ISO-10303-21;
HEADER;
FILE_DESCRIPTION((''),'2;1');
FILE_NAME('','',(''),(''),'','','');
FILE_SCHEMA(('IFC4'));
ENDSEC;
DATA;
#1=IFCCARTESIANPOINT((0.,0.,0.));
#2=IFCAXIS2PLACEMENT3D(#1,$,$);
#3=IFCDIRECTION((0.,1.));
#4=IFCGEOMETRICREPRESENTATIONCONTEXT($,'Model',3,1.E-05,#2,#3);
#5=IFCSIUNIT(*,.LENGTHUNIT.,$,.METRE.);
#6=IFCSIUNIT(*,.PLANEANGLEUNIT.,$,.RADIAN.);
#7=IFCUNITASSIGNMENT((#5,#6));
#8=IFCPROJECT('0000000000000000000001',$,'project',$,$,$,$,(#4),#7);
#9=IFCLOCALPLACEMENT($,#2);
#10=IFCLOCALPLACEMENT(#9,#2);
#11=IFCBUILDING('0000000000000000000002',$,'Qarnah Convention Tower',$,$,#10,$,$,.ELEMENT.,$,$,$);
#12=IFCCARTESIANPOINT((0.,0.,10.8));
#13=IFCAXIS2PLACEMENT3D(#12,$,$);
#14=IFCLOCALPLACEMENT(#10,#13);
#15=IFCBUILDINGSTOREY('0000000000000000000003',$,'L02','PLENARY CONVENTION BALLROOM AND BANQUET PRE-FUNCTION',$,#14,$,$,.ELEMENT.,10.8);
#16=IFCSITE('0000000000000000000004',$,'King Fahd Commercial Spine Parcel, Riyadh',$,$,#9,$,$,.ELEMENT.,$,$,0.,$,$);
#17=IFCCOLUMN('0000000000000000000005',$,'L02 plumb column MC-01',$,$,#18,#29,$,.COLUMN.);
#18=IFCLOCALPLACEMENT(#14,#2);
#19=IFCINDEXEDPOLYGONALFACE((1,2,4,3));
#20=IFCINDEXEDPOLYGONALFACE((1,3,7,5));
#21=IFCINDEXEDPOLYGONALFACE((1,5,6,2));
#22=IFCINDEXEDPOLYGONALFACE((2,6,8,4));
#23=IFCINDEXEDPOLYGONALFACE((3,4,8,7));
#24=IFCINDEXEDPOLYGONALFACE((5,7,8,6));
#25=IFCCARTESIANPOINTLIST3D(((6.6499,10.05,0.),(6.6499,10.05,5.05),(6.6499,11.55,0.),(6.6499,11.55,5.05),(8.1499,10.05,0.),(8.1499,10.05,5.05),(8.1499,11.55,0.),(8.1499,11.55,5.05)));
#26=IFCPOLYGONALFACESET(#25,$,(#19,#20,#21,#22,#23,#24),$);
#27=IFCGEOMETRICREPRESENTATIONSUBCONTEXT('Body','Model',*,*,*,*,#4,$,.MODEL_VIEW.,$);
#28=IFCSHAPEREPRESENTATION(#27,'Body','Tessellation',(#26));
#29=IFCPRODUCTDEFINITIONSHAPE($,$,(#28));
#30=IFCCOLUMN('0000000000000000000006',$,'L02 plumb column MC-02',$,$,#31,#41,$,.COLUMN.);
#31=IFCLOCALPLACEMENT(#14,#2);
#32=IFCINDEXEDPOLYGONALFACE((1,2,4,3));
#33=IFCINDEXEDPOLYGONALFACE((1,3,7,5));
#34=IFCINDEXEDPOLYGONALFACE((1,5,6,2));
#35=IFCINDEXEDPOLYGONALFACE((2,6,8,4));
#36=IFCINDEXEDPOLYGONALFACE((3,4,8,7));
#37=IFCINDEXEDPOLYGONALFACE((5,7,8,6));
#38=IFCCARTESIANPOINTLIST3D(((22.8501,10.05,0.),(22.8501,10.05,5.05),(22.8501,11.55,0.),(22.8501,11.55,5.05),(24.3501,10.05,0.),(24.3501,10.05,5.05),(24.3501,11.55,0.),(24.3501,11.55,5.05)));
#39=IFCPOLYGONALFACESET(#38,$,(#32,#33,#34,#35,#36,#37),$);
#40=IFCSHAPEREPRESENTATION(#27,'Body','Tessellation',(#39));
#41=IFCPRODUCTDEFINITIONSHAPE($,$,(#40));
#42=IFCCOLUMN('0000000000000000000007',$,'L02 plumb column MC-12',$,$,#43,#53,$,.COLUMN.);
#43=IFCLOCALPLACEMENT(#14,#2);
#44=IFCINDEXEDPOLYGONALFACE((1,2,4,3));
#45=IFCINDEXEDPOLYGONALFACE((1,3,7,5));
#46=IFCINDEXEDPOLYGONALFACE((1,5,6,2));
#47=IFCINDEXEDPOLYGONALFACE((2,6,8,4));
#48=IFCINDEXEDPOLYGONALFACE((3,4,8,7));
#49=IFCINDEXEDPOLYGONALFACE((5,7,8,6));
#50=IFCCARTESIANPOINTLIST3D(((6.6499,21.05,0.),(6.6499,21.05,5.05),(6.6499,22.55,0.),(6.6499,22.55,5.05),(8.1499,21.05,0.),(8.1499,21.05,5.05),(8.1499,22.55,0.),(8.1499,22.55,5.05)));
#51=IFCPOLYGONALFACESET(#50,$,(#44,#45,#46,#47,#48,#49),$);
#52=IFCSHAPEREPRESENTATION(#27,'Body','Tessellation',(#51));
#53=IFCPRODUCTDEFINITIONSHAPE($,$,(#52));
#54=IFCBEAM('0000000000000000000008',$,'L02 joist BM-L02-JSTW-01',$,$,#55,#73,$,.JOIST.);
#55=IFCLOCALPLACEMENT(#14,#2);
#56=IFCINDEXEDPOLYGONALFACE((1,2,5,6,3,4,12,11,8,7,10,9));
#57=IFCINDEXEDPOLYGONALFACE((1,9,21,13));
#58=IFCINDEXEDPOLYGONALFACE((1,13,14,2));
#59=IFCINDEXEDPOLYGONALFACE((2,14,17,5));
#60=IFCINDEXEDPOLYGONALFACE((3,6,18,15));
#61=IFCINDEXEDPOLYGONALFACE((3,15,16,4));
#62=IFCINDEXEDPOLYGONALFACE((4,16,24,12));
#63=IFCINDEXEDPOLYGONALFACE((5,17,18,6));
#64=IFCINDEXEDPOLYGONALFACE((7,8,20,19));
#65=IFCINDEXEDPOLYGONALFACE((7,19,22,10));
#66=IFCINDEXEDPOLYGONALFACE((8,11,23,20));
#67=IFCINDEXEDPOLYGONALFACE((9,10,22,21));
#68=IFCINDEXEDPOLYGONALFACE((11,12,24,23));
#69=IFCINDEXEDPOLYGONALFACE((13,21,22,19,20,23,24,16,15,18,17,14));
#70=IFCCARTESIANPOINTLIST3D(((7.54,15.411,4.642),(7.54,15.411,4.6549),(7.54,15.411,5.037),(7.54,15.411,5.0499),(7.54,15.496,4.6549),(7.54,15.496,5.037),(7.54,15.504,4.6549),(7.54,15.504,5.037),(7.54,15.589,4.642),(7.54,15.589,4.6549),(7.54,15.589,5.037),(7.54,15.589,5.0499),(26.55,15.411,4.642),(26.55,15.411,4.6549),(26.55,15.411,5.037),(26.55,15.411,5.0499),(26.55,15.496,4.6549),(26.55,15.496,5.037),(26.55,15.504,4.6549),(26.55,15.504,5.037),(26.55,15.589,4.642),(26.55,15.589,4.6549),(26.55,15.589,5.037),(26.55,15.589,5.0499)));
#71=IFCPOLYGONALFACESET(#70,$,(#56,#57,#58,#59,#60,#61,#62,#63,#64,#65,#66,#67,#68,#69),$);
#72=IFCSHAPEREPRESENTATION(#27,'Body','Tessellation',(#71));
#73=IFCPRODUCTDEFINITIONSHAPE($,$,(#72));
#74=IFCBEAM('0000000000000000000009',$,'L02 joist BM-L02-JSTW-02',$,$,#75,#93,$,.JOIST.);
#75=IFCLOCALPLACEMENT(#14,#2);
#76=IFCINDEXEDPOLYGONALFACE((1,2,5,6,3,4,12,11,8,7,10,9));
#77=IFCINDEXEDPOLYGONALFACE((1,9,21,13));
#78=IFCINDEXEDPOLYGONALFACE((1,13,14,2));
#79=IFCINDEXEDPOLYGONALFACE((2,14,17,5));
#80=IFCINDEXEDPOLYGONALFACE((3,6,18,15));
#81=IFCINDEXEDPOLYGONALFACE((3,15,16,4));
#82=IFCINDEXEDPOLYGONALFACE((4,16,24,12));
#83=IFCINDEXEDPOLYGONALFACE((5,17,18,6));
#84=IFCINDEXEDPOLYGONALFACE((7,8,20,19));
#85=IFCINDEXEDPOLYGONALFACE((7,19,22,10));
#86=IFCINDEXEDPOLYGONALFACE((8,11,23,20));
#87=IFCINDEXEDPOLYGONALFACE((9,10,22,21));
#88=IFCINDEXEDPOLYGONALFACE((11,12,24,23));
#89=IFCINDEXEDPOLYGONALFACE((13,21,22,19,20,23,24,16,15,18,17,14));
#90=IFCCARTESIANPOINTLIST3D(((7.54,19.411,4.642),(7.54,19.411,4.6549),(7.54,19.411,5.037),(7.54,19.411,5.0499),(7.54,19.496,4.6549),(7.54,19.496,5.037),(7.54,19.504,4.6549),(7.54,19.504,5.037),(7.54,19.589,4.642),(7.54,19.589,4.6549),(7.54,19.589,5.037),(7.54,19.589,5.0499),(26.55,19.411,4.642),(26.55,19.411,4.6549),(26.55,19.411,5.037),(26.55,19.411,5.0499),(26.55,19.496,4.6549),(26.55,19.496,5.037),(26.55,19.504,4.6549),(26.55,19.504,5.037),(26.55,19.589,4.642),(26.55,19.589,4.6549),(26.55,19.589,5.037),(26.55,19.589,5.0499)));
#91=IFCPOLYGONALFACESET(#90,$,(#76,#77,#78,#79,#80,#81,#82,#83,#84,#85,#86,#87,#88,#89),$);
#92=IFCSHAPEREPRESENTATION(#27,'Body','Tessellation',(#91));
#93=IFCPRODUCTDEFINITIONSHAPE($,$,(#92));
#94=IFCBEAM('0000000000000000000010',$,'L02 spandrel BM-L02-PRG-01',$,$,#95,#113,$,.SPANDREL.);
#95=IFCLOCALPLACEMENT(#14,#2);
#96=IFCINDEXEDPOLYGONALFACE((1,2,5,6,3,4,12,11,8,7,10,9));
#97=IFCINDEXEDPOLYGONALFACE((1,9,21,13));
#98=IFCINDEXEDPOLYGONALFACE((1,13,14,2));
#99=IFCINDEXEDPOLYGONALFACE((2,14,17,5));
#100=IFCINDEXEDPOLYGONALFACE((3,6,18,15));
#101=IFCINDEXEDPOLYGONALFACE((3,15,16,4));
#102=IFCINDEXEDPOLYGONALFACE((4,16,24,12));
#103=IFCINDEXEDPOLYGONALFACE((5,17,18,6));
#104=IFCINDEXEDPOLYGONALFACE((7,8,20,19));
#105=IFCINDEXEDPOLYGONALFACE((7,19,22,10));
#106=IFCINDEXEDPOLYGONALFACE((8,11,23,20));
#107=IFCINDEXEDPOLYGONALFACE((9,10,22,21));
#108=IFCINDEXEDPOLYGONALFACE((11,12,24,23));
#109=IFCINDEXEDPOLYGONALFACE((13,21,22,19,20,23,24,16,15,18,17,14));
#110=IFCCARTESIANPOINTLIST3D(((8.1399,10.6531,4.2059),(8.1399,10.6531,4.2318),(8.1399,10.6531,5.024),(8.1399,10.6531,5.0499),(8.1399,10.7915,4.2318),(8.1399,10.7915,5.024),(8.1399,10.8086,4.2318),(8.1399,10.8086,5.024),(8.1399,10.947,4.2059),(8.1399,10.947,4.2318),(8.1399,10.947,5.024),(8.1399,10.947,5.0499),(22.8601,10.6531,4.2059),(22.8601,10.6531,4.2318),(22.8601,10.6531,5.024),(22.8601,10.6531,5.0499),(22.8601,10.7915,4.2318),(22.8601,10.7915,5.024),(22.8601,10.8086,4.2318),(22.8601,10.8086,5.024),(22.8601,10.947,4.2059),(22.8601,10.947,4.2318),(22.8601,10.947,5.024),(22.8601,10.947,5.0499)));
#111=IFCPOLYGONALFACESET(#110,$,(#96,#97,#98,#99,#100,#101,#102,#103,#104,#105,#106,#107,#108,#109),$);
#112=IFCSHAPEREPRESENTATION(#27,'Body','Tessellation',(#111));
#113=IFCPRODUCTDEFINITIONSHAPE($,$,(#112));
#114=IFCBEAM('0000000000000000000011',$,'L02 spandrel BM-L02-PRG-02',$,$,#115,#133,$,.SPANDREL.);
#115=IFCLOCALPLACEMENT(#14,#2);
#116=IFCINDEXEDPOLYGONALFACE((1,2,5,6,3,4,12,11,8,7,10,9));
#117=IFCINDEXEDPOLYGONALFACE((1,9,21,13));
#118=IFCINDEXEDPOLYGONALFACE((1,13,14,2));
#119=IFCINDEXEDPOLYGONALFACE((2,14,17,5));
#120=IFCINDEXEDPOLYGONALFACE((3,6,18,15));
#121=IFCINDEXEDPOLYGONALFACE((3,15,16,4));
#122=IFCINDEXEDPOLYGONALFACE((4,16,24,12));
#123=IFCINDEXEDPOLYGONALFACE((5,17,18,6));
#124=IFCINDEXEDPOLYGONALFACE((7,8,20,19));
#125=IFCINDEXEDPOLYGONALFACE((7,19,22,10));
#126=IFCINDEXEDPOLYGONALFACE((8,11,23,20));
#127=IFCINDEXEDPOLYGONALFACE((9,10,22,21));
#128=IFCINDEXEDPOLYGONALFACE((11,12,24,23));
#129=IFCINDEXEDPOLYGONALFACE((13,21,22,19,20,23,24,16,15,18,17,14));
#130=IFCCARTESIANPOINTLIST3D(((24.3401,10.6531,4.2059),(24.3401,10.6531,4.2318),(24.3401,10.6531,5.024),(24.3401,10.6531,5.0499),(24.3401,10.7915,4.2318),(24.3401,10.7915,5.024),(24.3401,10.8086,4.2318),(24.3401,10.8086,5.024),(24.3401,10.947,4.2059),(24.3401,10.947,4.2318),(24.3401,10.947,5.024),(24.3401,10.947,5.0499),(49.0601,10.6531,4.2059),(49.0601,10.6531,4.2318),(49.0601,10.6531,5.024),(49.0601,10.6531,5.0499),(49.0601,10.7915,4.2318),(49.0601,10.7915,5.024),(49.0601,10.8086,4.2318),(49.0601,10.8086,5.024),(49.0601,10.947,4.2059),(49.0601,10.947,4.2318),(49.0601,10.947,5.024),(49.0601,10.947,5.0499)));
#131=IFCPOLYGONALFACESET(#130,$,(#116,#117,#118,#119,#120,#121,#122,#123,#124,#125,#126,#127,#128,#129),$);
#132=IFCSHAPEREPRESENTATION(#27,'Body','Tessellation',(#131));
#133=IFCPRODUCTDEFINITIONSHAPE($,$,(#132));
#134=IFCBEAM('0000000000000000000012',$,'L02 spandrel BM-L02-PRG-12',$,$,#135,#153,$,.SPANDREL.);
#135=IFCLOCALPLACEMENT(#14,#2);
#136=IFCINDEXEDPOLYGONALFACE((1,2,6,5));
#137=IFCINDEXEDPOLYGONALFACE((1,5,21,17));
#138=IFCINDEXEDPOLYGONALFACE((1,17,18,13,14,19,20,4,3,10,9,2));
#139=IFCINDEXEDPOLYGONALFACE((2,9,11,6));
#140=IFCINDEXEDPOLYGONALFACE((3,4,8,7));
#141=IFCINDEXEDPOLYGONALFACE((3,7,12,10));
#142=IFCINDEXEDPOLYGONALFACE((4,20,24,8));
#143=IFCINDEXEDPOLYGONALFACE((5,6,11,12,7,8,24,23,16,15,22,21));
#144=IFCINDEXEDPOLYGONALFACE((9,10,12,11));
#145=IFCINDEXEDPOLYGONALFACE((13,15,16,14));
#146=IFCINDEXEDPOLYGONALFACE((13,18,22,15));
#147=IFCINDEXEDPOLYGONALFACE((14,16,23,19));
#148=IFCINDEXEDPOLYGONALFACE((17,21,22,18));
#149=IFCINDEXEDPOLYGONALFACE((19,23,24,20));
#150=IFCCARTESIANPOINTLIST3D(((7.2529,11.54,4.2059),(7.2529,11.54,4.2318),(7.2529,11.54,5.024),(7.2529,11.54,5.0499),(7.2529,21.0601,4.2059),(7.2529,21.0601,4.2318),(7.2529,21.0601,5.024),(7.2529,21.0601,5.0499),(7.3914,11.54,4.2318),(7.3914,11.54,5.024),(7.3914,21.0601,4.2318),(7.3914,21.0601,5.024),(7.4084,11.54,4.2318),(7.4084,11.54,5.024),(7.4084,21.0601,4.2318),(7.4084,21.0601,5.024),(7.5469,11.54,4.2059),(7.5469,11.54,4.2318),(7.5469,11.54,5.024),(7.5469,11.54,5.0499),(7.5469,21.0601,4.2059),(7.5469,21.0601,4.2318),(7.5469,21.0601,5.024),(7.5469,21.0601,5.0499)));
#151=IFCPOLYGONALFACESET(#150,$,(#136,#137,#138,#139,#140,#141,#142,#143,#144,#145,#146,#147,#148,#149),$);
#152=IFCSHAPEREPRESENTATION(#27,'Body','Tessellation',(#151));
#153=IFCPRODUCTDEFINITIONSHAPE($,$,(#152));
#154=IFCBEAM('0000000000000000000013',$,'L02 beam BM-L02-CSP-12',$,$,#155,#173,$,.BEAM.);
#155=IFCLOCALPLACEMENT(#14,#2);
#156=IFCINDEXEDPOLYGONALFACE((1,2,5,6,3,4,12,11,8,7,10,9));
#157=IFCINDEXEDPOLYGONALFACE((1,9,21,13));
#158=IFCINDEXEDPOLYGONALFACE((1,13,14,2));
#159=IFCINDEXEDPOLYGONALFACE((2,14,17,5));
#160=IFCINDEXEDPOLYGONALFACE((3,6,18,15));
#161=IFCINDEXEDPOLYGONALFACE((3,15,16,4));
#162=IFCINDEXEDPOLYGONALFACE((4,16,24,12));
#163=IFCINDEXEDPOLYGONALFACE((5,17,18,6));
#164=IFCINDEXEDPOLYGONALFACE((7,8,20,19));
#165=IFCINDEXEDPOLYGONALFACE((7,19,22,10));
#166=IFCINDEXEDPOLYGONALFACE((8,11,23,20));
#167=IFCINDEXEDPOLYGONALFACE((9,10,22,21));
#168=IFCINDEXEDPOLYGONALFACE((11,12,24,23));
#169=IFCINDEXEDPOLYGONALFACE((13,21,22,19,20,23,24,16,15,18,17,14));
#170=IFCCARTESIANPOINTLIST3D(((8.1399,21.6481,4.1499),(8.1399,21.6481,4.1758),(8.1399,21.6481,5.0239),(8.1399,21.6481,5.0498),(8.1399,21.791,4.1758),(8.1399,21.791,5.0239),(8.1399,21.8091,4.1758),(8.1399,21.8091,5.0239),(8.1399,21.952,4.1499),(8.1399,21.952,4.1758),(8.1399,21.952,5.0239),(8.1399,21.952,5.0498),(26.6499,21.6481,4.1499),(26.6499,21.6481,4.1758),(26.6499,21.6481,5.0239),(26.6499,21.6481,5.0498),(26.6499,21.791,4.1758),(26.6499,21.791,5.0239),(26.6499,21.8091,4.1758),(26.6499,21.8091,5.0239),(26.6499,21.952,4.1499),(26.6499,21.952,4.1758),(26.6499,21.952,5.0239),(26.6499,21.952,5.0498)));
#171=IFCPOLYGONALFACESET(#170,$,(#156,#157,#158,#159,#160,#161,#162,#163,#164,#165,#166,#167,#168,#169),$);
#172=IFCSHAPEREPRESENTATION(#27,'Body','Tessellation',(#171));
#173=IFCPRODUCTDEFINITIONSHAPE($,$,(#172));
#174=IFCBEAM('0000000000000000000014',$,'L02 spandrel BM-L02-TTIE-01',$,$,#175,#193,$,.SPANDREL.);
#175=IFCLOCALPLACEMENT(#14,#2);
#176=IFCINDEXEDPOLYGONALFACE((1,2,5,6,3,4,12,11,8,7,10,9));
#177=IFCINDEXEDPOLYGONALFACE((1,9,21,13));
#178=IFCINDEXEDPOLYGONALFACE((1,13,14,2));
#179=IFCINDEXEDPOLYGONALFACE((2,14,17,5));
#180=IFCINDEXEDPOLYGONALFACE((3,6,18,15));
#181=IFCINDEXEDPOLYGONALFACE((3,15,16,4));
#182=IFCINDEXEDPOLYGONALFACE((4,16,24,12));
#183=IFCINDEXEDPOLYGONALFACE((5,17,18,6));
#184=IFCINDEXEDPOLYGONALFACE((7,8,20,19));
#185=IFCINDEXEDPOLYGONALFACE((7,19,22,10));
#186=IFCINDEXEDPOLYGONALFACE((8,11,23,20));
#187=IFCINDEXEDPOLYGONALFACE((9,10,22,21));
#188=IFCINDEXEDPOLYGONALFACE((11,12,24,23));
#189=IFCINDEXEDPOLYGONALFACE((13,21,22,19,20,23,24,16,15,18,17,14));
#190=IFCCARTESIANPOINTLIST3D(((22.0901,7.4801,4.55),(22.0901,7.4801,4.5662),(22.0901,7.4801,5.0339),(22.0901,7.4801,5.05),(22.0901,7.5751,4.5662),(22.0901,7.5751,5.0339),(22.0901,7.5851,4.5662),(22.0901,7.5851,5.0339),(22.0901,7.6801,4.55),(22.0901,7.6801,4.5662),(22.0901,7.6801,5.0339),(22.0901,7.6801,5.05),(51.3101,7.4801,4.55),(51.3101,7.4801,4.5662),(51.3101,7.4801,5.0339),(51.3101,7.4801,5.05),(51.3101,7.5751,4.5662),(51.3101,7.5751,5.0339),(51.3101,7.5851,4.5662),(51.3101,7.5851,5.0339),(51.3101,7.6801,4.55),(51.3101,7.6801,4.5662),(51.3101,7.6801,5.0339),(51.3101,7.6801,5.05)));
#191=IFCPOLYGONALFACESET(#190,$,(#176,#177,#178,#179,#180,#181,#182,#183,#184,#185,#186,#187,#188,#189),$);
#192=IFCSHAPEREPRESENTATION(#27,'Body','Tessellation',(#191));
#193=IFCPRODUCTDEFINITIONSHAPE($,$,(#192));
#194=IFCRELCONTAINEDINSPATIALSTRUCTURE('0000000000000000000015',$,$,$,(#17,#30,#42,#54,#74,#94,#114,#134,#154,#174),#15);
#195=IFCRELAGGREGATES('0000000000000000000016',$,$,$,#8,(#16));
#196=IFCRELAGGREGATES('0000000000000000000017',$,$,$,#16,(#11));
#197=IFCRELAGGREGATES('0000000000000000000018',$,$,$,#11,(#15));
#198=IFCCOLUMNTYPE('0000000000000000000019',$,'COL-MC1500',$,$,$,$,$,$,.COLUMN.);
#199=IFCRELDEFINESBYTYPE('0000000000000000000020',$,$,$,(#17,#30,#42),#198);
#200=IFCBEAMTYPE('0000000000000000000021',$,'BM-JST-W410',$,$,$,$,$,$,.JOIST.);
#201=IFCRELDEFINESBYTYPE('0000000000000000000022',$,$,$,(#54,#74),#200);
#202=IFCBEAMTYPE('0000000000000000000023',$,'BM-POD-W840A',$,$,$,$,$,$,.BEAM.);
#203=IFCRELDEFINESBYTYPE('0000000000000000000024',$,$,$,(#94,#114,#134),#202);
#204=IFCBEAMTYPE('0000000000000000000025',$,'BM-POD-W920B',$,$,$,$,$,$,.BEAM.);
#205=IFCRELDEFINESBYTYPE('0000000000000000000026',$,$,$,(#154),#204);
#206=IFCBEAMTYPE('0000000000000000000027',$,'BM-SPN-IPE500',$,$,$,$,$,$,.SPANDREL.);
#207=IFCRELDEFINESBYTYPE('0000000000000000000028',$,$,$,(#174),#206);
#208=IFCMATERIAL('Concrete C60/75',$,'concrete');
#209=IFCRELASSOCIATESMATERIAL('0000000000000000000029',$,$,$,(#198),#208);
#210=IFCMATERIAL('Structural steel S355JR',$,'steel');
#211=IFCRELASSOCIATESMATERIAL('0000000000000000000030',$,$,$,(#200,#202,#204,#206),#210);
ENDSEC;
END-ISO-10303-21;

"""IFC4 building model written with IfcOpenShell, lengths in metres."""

from ifc_helpers import new_model, si_unit, direction, frame, origin, origin_2d, place, context, subcontext, project, spatial, rectangle, i_section, extrude, material, material_profile, profile_set, type_object, element, save


model = new_model("IFC4")

# Units and contexts
model_context = context("Model", 3, precision=1e-05, world=origin(), true_north=direction((0.0, 1.0)))
body_context = subcontext(model_context, "Body", "Model", "MODEL_VIEW")
ifc_project = project(units=[si_unit("LENGTHUNIT", "METRE"), si_unit("PLANEANGLEUNIT", "RADIAN")], contexts=[model_context])

# Site, building, storey
site_placement = place(None, origin())
site = spatial("IfcSite", under=ifc_project, at=site_placement, Name="King Fahd Commercial Spine Parcel, Riyadh", CompositionType="ELEMENT", RefElevation=0.0)
building_placement = place(site_placement, origin())
building = spatial("IfcBuilding", under=site, at=building_placement, Name="Qarnah Convention Tower", CompositionType="ELEMENT")
storey_placement = place(building_placement, frame((0.0, 0.0, 10.8)))
storey = spatial("IfcBuildingStorey", under=building, at=storey_placement, Name="L02", Description="PLENARY CONVENTION BALLROOM AND BANQUET PRE-FUNCTION", CompositionType="ELEMENT", Elevation=10.8)

# Columns
ifc_material_1 = material(Name="Concrete C60/75", Category="concrete")
ifc_material_profile_1 = material_profile(ifc_material_1, rectangle(XDim=1.5, YDim=1.5, at=origin_2d()), Name="RC-COL-1500X1500")
ifc_profile_set_1 = profile_set([ifc_material_profile_1], Name="Concrete C60/75")
column_type = type_object("IfcColumnType", Name="COL-MC1500", PredefinedType="COLUMN", material=ifc_profile_set_1)
for number, where, z_axis, x_axis, name in (
    (1, (7.3999, 10.8, 0.0), (0.0, 0.0, 1.0), (1.0, 0.0, 0.0), "L02 plumb column MC-01"),
    (2, (23.6001, 10.8, 0.0), (0.0, 0.0, 1.0), (1.0, 0.0, 0.0), "L02 plumb column MC-02"),
    (3, (7.3999, 21.8, 0.0), (0.0, 0.0, 1.0), (1.0, 0.0, 0.0), "L02 plumb column MC-12"),
):
    element("IfcColumn", number, at=place(storey_placement, frame(where, z_axis=z_axis, x_axis=x_axis)), inside=storey, type_object=column_type, Name=name, PredefinedType="COLUMN", context=body_context, shape_type="SweptSolid", body=[
        extrude(rectangle(XDim=1.5, YDim=1.5, at=origin_2d()), origin(), (0.0, 0.0, 1.0), 5.05),
    ])

# Beams
ifc_material_2 = material(Name="Structural steel S355JR", Category="steel")
ifc_material_profile_2 = material_profile(ifc_material_2, i_section(OverallWidth=0.178, OverallDepth=0.408, WebThickness=0.0081, FlangeThickness=0.0129, at=origin_2d()), Name="W410X60")
ifc_profile_set_2 = profile_set([ifc_material_profile_2], Name="Structural steel S355JR")
beam_type_1 = type_object("IfcBeamType", Name="BM-JST-W410", PredefinedType="JOIST", material=ifc_profile_set_2)
for number, where, z_axis, x_axis, name in (
    (4, (7.54, 15.5, 4.8459), (1.0, 0.0, 0.0), (0.0, 1.0, 0.0), "L02 joist BM-L02-JSTW-01"),
    (5, (7.54, 19.5, 4.8459), (1.0, 0.0, 0.0), (0.0, 1.0, 0.0), "L02 joist BM-L02-JSTW-02"),
):
    element("IfcBeam", number, at=place(storey_placement, frame(where, z_axis=z_axis, x_axis=x_axis)), inside=storey, type_object=beam_type_1, Name=name, PredefinedType="JOIST", context=body_context, shape_type="SweptSolid", body=[
        extrude(i_section(OverallWidth=0.178, OverallDepth=0.408, WebThickness=0.0081, FlangeThickness=0.0129, at=origin_2d()), origin(), (0.0, 0.0, 1.0), 19.01),
    ])
ifc_material_profile_3 = material_profile(ifc_material_2, i_section(OverallWidth=0.2939, OverallDepth=0.844, WebThickness=0.0171, FlangeThickness=0.0259, at=origin_2d()), Name="W840X251")
ifc_profile_set_3 = profile_set([ifc_material_profile_3], Name="Structural steel S355JR")
beam_type_2 = type_object("IfcBeamType", Name="BM-POD-W840A", PredefinedType="BEAM", material=ifc_profile_set_3)
beam_1_placement = place(storey_placement, frame((8.1399, 10.8, 4.6279), z_axis=(1.0, 0.0, 0.0), x_axis=(0.0, 1.0, 0.0)))
element("IfcBeam", 6, at=beam_1_placement, inside=storey, type_object=beam_type_2, Name="L02 spandrel BM-L02-PRG-01", PredefinedType="SPANDREL", context=body_context, shape_type="SweptSolid", body=[
    extrude(i_section(OverallWidth=0.2939, OverallDepth=0.844, WebThickness=0.0171, FlangeThickness=0.0259, at=origin_2d()), origin(), (0.0, 0.0, 1.0), 14.7202),
])
beam_2_placement = place(storey_placement, frame((24.3401, 10.8, 4.6279), z_axis=(1.0, 0.0, 0.0), x_axis=(0.0, 1.0, 0.0)))
element("IfcBeam", 7, at=beam_2_placement, inside=storey, type_object=beam_type_2, Name="L02 spandrel BM-L02-PRG-02", PredefinedType="SPANDREL", context=body_context, shape_type="SweptSolid", body=[
    extrude(i_section(OverallWidth=0.2939, OverallDepth=0.844, WebThickness=0.0171, FlangeThickness=0.0259, at=origin_2d()), origin(), (0.0, 0.0, 1.0), 24.72),
])
beam_3_placement = place(storey_placement, frame((7.3999, 21.0601, 4.6279), z_axis=(0.0, -1.0, 0.0), x_axis=(1.0, 0.0, 0.0)))
element("IfcBeam", 8, at=beam_3_placement, inside=storey, type_object=beam_type_2, Name="L02 spandrel BM-L02-PRG-12", PredefinedType="SPANDREL", context=body_context, shape_type="SweptSolid", body=[
    extrude(i_section(OverallWidth=0.2939, OverallDepth=0.844, WebThickness=0.0171, FlangeThickness=0.0259, at=origin_2d()), origin(), (0.0, 0.0, 1.0), 9.52),
])
ifc_material_profile_4 = material_profile(ifc_material_2, i_section(OverallWidth=0.304, OverallDepth=0.8999, WebThickness=0.0181, FlangeThickness=0.0259, at=origin_2d()), Name="W920X271")
ifc_profile_set_4 = profile_set([ifc_material_profile_4], Name="Structural steel S355JR")
beam_type_3 = type_object("IfcBeamType", Name="BM-POD-W920B", PredefinedType="BEAM", material=ifc_profile_set_4)
beam_4_placement = place(storey_placement, frame((8.1399, 21.8, 4.5999), z_axis=(1.0, 0.0, 0.0), x_axis=(0.0, 1.0, 0.0)))
element("IfcBeam", 9, at=beam_4_placement, inside=storey, type_object=beam_type_3, Name="L02 beam BM-L02-CSP-12", PredefinedType="BEAM", context=body_context, shape_type="SweptSolid", body=[
    extrude(i_section(OverallWidth=0.304, OverallDepth=0.8999, WebThickness=0.0181, FlangeThickness=0.0259, at=origin_2d()), origin(), (0.0, 0.0, 1.0), 18.51),
])
ifc_material_profile_5 = material_profile(ifc_material_2, i_section(OverallWidth=0.2, OverallDepth=0.5, WebThickness=0.01, FlangeThickness=0.0161, at=origin_2d()), Name="IPE500")
ifc_profile_set_5 = profile_set([ifc_material_profile_5], Name="Structural steel S355JR")
beam_type_4 = type_object("IfcBeamType", Name="BM-SPN-IPE500", PredefinedType="SPANDREL", material=ifc_profile_set_5)
beam_5_placement = place(storey_placement, frame((22.0901, 7.5801, 4.8), z_axis=(1.0, 0.0, 0.0), x_axis=(0.0, 1.0, 0.0)))
element("IfcBeam", 10, at=beam_5_placement, inside=storey, type_object=beam_type_4, Name="L02 spandrel BM-L02-TTIE-01", PredefinedType="SPANDREL", context=body_context, shape_type="SweptSolid", body=[
    extrude(i_section(OverallWidth=0.2, OverallDepth=0.5, WebThickness=0.01, FlangeThickness=0.0161, at=origin_2d()), origin(), (0.0, 0.0, 1.0), 29.22),
])

save(model, "model.ifc")
